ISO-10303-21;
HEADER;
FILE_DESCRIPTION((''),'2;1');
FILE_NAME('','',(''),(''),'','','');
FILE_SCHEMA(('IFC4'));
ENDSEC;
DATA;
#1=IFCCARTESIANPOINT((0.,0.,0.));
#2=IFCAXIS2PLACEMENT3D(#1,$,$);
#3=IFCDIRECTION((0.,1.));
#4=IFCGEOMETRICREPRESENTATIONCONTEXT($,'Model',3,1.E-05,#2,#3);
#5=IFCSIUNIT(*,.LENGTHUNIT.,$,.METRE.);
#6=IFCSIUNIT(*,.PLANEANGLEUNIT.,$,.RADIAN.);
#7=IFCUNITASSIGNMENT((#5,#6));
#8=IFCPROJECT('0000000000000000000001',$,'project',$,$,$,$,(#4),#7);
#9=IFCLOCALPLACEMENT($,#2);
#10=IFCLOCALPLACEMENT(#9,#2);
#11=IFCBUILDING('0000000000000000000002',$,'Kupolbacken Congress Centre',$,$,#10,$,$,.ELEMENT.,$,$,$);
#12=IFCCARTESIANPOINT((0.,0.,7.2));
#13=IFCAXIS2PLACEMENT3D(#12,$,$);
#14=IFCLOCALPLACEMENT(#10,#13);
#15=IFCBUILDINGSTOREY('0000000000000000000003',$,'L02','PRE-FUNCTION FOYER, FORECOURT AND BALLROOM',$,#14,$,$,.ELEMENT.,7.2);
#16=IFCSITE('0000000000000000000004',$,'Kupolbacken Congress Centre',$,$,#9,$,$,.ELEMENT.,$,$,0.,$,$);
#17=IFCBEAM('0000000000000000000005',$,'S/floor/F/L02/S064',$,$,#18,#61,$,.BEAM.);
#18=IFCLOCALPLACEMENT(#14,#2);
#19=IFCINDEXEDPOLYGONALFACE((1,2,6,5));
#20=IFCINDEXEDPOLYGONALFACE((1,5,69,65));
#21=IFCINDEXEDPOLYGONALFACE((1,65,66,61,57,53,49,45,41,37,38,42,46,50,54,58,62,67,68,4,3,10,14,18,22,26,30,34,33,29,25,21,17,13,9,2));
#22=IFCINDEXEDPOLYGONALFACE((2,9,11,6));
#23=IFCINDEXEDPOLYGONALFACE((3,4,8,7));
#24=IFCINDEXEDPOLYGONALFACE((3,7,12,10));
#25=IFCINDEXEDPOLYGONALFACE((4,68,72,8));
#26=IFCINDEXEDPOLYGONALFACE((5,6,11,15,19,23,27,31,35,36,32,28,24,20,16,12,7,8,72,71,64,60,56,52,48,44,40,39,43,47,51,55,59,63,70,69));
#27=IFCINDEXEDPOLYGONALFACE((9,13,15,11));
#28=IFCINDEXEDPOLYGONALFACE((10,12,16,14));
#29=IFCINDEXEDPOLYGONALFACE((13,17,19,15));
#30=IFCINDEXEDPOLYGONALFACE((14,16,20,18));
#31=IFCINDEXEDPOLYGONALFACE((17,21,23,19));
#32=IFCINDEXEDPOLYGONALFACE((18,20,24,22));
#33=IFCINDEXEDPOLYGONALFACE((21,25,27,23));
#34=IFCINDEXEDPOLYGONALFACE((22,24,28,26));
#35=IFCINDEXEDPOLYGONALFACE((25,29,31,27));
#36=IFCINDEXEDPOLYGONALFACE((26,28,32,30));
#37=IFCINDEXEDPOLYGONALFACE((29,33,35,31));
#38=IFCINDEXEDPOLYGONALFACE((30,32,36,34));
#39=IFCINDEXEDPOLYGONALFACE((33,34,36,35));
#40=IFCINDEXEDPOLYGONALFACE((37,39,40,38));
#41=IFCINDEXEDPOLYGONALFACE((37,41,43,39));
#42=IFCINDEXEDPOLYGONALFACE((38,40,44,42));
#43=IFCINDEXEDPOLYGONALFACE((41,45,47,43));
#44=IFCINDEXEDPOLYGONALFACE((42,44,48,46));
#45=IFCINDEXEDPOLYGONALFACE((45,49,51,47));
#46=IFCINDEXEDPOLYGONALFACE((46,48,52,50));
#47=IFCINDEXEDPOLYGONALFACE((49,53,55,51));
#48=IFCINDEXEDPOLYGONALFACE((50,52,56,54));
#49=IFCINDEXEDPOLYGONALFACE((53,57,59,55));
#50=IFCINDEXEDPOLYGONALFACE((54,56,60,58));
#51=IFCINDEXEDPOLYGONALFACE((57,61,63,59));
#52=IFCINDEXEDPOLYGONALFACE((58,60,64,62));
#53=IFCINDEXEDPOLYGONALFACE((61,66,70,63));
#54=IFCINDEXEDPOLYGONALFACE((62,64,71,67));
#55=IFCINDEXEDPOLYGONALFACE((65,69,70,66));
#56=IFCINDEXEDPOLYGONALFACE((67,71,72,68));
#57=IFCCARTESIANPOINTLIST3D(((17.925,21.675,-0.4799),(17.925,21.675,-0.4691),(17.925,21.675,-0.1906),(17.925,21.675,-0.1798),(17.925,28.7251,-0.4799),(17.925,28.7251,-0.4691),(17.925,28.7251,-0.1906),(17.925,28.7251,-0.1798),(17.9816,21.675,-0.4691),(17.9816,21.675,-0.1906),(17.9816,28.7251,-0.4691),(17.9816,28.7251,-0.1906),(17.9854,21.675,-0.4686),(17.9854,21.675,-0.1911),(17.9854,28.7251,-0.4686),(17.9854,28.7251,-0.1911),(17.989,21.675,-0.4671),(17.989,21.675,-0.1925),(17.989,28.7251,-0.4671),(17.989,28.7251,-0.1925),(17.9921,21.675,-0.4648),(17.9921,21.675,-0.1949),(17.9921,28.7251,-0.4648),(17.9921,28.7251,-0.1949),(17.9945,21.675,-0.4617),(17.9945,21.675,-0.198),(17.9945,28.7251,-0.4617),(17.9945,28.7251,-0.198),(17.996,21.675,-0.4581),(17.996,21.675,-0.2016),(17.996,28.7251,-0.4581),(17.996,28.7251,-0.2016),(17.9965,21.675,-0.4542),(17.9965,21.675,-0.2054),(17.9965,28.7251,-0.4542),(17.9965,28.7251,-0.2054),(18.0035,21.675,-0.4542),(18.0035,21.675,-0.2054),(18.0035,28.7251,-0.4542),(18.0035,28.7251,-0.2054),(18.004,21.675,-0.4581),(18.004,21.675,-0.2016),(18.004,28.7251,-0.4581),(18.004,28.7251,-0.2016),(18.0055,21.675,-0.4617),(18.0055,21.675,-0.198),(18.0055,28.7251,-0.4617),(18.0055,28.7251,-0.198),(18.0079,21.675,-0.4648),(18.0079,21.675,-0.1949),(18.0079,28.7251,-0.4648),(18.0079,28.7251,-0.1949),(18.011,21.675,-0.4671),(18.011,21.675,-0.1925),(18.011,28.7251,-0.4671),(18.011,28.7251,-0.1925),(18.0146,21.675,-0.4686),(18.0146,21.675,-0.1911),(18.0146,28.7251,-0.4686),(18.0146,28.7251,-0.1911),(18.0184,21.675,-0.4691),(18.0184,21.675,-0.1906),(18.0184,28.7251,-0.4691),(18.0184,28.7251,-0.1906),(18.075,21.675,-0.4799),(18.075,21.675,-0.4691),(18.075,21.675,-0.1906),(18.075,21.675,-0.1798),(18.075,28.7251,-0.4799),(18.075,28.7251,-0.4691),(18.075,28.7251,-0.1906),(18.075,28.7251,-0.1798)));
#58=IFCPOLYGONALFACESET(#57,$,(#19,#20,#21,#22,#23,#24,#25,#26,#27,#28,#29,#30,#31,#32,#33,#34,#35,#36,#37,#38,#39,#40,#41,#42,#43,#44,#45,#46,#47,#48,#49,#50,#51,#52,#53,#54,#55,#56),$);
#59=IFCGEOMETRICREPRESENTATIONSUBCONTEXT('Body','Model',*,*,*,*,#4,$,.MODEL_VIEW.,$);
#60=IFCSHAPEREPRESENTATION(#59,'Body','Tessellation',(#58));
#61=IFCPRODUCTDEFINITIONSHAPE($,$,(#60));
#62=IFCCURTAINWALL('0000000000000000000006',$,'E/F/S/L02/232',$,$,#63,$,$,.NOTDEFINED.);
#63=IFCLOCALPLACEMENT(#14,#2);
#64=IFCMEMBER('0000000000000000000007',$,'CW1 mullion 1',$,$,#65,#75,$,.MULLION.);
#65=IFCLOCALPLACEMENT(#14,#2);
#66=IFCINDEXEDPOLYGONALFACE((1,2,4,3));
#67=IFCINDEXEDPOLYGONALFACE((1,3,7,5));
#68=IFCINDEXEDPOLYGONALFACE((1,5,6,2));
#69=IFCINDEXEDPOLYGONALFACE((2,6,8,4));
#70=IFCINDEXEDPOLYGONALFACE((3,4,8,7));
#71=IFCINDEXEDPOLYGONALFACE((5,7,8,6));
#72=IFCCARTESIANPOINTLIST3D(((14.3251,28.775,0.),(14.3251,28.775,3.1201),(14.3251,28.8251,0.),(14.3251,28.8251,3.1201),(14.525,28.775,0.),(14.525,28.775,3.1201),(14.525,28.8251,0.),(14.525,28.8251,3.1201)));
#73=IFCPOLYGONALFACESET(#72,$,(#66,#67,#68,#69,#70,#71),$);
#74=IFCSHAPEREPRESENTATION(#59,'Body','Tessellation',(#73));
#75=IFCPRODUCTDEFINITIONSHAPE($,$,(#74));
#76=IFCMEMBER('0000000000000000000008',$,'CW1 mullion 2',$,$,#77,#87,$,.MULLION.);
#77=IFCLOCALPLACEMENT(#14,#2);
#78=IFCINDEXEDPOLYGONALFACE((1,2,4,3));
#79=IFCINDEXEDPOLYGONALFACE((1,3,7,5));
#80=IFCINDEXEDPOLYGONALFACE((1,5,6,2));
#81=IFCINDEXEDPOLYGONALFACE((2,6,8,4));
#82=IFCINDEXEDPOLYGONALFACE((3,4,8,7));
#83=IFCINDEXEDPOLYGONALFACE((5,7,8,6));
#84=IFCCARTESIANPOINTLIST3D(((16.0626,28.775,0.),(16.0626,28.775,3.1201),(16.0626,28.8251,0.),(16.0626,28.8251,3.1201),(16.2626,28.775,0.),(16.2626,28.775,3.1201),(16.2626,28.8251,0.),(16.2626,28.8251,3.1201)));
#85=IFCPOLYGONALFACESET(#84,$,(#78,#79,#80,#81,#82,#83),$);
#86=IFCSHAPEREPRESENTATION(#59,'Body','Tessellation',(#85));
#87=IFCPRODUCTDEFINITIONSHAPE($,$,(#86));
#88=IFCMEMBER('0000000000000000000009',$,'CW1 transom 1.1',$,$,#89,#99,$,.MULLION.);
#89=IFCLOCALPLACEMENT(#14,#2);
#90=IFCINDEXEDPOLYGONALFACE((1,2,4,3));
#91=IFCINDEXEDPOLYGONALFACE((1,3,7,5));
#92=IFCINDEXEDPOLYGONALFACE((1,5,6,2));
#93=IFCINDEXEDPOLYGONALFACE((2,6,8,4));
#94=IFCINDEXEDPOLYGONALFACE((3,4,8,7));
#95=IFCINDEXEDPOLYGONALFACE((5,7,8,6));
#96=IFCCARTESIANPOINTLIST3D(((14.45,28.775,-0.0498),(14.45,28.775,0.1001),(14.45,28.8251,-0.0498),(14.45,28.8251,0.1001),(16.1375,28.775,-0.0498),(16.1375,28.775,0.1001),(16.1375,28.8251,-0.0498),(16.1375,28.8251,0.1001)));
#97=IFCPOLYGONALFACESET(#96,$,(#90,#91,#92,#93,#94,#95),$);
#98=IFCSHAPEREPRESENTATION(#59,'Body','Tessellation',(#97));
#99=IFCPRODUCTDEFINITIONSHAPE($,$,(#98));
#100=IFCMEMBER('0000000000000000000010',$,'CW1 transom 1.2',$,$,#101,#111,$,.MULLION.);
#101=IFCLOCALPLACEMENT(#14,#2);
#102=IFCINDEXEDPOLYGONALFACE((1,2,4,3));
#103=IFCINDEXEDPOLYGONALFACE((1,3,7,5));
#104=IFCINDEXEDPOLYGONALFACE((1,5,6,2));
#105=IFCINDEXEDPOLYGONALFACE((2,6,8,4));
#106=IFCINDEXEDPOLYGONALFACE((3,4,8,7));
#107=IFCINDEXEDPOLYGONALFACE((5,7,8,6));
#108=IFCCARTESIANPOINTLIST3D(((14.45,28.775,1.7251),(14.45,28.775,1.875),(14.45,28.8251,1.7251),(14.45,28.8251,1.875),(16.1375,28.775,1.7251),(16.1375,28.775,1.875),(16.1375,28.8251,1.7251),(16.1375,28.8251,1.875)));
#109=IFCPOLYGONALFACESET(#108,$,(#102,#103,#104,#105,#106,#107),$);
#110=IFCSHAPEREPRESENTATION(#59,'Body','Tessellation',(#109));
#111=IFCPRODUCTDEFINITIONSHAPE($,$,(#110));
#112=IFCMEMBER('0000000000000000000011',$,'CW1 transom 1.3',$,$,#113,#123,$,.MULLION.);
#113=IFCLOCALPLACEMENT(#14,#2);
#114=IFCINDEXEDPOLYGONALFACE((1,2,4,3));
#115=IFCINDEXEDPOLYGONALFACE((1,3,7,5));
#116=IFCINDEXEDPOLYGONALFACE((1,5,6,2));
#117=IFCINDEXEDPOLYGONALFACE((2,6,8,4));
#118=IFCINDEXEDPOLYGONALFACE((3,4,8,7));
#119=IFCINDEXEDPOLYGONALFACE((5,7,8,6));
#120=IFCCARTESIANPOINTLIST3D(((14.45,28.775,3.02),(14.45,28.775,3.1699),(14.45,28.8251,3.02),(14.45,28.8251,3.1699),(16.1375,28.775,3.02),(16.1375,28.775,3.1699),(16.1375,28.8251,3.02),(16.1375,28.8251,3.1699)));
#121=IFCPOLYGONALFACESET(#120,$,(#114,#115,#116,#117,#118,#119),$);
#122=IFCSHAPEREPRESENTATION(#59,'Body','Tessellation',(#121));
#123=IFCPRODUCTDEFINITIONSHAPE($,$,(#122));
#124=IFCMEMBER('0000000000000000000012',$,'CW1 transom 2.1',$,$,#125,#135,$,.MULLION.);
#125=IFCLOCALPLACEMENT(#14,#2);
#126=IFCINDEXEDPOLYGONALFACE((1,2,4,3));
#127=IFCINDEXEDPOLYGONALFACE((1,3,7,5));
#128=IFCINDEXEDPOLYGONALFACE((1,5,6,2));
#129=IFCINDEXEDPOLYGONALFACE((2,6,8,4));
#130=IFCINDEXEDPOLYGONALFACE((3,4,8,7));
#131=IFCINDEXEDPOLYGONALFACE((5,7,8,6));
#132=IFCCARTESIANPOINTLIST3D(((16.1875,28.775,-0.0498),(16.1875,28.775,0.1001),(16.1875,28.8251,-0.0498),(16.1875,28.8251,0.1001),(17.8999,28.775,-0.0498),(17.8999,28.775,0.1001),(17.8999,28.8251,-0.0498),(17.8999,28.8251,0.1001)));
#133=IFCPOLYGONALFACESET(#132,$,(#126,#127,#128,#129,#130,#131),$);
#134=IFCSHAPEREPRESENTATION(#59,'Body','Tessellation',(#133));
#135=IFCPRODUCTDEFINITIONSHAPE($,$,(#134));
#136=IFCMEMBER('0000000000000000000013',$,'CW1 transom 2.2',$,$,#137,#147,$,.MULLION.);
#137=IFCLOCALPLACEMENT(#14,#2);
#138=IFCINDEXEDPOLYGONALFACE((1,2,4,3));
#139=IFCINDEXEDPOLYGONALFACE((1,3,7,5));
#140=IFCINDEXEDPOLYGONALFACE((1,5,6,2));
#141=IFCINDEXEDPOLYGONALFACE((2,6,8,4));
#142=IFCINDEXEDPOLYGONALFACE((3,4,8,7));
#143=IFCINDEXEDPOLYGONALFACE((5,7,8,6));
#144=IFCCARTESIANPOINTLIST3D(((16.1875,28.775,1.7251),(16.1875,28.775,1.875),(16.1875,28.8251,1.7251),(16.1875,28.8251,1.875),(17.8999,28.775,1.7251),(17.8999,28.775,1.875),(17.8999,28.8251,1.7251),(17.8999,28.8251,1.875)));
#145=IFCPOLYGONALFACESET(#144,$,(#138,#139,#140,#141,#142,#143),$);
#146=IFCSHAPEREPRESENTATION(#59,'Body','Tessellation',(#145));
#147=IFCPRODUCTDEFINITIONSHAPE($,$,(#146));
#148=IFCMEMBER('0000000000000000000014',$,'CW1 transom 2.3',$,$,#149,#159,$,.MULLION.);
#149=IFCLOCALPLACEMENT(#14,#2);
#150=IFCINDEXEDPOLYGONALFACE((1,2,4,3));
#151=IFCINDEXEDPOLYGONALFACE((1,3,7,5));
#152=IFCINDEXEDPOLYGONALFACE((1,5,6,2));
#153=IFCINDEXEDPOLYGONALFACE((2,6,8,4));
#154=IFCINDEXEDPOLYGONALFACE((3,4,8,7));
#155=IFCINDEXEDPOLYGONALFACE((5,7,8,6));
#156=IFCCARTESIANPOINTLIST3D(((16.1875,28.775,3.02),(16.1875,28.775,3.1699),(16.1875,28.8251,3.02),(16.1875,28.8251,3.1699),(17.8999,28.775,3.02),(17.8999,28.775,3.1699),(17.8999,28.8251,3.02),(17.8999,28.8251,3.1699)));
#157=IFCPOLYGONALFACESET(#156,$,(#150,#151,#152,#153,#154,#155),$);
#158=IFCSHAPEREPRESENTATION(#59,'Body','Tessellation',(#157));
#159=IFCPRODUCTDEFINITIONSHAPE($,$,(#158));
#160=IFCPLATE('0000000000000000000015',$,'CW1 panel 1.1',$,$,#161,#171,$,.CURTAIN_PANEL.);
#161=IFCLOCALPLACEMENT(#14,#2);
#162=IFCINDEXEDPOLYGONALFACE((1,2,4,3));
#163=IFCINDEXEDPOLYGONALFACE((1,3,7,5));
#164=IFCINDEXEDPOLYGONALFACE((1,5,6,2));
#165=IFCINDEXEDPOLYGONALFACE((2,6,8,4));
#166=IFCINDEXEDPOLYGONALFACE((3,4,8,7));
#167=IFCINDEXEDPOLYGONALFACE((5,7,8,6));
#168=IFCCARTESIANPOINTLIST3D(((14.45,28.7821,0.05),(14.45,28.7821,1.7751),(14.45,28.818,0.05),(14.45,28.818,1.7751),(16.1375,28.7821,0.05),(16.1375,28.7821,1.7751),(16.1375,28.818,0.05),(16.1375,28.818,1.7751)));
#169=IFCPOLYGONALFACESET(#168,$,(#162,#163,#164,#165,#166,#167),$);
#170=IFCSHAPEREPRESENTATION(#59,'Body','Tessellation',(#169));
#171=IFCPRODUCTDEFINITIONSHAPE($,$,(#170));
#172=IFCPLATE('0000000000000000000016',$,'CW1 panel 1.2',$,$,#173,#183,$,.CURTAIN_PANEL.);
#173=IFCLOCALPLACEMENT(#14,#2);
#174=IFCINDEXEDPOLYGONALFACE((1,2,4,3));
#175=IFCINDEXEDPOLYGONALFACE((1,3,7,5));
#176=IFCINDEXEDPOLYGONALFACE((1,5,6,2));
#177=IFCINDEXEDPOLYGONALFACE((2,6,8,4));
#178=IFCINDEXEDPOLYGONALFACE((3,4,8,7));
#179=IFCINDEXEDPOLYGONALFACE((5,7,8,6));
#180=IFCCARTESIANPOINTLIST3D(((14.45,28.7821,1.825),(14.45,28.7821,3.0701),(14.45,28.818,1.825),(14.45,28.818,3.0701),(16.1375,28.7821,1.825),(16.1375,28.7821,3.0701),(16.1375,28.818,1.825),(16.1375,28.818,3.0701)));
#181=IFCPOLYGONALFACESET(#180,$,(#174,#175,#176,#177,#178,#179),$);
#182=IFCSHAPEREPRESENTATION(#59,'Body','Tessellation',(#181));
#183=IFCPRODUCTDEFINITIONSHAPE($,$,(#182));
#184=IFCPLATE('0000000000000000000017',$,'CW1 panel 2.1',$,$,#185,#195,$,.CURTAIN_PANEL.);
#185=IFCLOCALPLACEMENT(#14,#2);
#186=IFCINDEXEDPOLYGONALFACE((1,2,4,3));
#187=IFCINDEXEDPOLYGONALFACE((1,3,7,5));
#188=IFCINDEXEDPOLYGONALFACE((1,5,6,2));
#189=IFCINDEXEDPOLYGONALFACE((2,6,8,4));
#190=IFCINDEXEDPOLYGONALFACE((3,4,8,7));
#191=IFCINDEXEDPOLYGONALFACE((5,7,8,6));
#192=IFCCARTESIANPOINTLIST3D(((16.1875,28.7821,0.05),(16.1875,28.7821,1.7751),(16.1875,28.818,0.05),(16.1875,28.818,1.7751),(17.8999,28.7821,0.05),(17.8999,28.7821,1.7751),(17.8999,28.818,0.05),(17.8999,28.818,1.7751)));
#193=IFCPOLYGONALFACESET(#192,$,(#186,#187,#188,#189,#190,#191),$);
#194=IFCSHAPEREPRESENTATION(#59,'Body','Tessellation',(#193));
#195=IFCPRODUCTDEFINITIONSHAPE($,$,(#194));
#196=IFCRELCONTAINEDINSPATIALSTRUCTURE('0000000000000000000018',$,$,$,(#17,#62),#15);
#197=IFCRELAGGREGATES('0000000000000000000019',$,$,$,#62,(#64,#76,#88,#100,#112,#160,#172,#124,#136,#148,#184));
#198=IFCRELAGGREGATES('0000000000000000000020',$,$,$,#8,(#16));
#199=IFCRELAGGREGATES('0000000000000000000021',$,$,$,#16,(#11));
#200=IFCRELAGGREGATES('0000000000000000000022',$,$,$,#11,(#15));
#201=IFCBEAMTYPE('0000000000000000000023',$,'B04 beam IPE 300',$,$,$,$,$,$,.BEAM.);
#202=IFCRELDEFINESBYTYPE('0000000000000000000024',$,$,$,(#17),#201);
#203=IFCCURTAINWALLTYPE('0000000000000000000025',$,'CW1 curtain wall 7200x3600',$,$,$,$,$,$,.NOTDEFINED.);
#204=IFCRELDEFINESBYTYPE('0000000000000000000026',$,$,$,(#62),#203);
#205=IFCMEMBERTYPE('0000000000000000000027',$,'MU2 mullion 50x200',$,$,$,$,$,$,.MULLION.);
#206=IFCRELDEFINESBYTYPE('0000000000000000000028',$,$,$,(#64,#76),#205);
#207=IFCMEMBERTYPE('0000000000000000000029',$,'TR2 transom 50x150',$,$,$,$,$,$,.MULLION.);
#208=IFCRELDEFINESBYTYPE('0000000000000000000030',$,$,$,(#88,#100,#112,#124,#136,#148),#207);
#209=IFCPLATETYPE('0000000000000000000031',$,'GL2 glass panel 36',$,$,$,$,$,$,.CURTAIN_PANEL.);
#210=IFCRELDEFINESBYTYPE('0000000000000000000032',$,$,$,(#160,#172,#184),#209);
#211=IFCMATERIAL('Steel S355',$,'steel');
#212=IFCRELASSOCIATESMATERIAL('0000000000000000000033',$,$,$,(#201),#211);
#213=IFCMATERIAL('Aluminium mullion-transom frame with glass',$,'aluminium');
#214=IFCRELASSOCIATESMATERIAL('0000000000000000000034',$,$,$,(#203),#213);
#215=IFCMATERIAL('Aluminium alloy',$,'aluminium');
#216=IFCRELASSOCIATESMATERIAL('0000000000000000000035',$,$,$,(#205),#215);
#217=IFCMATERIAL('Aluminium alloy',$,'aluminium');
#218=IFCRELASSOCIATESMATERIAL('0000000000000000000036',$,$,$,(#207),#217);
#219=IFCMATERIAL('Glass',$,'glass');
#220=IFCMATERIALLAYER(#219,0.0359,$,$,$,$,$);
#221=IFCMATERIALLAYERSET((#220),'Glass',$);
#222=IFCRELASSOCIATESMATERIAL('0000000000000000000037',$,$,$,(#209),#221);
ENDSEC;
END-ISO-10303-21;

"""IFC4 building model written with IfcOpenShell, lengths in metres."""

from ifc_helpers import new_model, si_unit, direction, frame, origin, origin_2d, place, context, subcontext, project, spatial, rectangle, i_section, extrude, material, layer, layer_set, material_profile, profile_set, type_object, element, aggregate, save


model = new_model("IFC4")

# Units and contexts
model_context = context("Model", 3, precision=1e-05, world=origin(), true_north=direction((0.0, 1.0)))
body_context = subcontext(model_context, "Body", "Model", "MODEL_VIEW")
ifc_project = project(units=[si_unit("LENGTHUNIT", "METRE"), si_unit("PLANEANGLEUNIT", "RADIAN")], contexts=[model_context])

# Site, building, storey
site_placement = place(None, origin())
site = spatial("IfcSite", under=ifc_project, at=site_placement, Name="Kupolbacken Congress Centre", CompositionType="ELEMENT", RefElevation=0.0)
building_placement = place(site_placement, origin())
building = spatial("IfcBuilding", under=site, at=building_placement, Name="Kupolbacken Congress Centre", CompositionType="ELEMENT")
storey_placement = place(building_placement, frame((0.0, 0.0, 7.2)))
storey = spatial("IfcBuildingStorey", under=building, at=storey_placement, Name="L02", Description="PRE-FUNCTION FOYER, FORECOURT AND BALLROOM", CompositionType="ELEMENT", Elevation=7.2)

# Beam
ifc_material_1 = material(Name="Steel S355", Category="steel")
ifc_material_profile_1 = material_profile(ifc_material_1, i_section(OverallWidth=0.1499, OverallDepth=0.3, WebThickness=0.0071, FlangeThickness=0.0107, FilletRadius=0.0149, at=origin_2d()), Name="IPE 300")
ifc_profile_set_1 = profile_set([ifc_material_profile_1], Name="Steel S355")
beam_type = type_object("IfcBeamType", Name="B04 beam IPE 300", PredefinedType="BEAM", material=ifc_profile_set_1)
beam_1_placement = place(storey_placement, frame((18.0, 21.675, -0.3298), z_axis=(0.0, 1.0, 0.0), x_axis=(-1.0, 0.0, 0.0)))
element("IfcBeam", 1, at=beam_1_placement, inside=storey, type_object=beam_type, Name="S/floor/F/L02/S064", PredefinedType="BEAM", context=body_context, shape_type="SweptSolid", body=[
    extrude(i_section(OverallWidth=0.1499, OverallDepth=0.3, WebThickness=0.0071, FlangeThickness=0.0107, FilletRadius=0.0149, at=origin_2d()), origin(), (0.0, 0.0, 1.0), 7.05),
])

# Curtain wall, members, plates
ifc_material_2 = material(Name="Aluminium mullion-transom frame with glass", Category="aluminium")
curtain_wall_type = type_object("IfcCurtainWallType", Name="CW1 curtain wall 7200x3600", PredefinedType="NOTDEFINED", material=ifc_material_2)
curtain_wall_placement = place(storey_placement, origin())
curtain_wall = element("IfcCurtainWall", 2, at=curtain_wall_placement, inside=storey, type_object=curtain_wall_type, Name="E/F/S/L02/232", PredefinedType="NOTDEFINED")
ifc_material_3 = material(Name="Aluminium alloy", Category="aluminium")
ifc_material_profile_2 = material_profile(ifc_material_3, rectangle(XDim=0.05, YDim=0.2, at=origin_2d()), Name="50 x 200")
ifc_profile_set_2 = profile_set([ifc_material_profile_2], Name="Aluminium alloy")
member_type_1 = type_object("IfcMemberType", Name="MU2 mullion 50x200", PredefinedType="MULLION", material=ifc_profile_set_2)
member_1_placement = place(storey_placement, frame((14.425, 28.8, 0.0), z_axis=(0.0, 0.0, 1.0), x_axis=(0.0, 1.0, 0.0)))
member_1 = element("IfcMember", 3, at=member_1_placement, type_object=member_type_1, Name="CW1 mullion 1", PredefinedType="MULLION", context=body_context, shape_type="SweptSolid", body=[
    extrude(rectangle(XDim=0.05, YDim=0.2, at=origin_2d()), origin(), (0.0, 0.0, 1.0), 3.1201),
])
member_2_placement = place(storey_placement, frame((16.1626, 28.8, 0.0), z_axis=(0.0, 0.0, 1.0), x_axis=(0.0, 1.0, 0.0)))
member_2 = element("IfcMember", 4, at=member_2_placement, type_object=member_type_1, Name="CW1 mullion 2", PredefinedType="MULLION", context=body_context, shape_type="SweptSolid", body=[
    extrude(rectangle(XDim=0.05, YDim=0.2, at=origin_2d()), origin(), (0.0, 0.0, 1.0), 3.1201),
])
ifc_material_4 = material(Name="Aluminium alloy", Category="aluminium")
ifc_material_profile_3 = material_profile(ifc_material_4, rectangle(XDim=0.05, YDim=0.1499, at=origin_2d()), Name="50 x 150")
ifc_profile_set_3 = profile_set([ifc_material_profile_3], Name="Aluminium alloy")
member_type_2 = type_object("IfcMemberType", Name="TR2 transom 50x150", PredefinedType="MULLION", material=ifc_profile_set_3)
member_3_placement = place(storey_placement, frame((14.45, 28.8, 0.0251), z_axis=(1.0, 0.0, 0.0), x_axis=(0.0, 1.0, 0.0)))
member_3 = element("IfcMember", 5, at=member_3_placement, type_object=member_type_2, Name="CW1 transom 1.1", PredefinedType="MULLION", context=body_context, shape_type="SweptSolid", body=[
    extrude(rectangle(XDim=0.05, YDim=0.1499, at=origin_2d()), origin(), (0.0, 0.0, 1.0), 1.6875),
])
member_4_placement = place(storey_placement, frame((14.45, 28.8, 1.8), z_axis=(1.0, 0.0, 0.0), x_axis=(0.0, 1.0, 0.0)))
member_4 = element("IfcMember", 6, at=member_4_placement, type_object=member_type_2, Name="CW1 transom 1.2", PredefinedType="MULLION", context=body_context, shape_type="SweptSolid", body=[
    extrude(rectangle(XDim=0.05, YDim=0.1499, at=origin_2d()), origin(), (0.0, 0.0, 1.0), 1.6875),
])
member_5_placement = place(storey_placement, frame((14.45, 28.8, 3.095), z_axis=(1.0, 0.0, 0.0), x_axis=(0.0, 1.0, 0.0)))
member_5 = element("IfcMember", 7, at=member_5_placement, type_object=member_type_2, Name="CW1 transom 1.3", PredefinedType="MULLION", context=body_context, shape_type="SweptSolid", body=[
    extrude(rectangle(XDim=0.05, YDim=0.1499, at=origin_2d()), origin(), (0.0, 0.0, 1.0), 1.6875),
])
member_6_placement = place(storey_placement, frame((16.1875, 28.8, 0.0251), z_axis=(1.0, 0.0, 0.0), x_axis=(0.0, 1.0, 0.0)))
member_6 = element("IfcMember", 8, at=member_6_placement, type_object=member_type_2, Name="CW1 transom 2.1", PredefinedType="MULLION", context=body_context, shape_type="SweptSolid", body=[
    extrude(rectangle(XDim=0.05, YDim=0.1499, at=origin_2d()), origin(), (0.0, 0.0, 1.0), 1.7124),
])
member_7_placement = place(storey_placement, frame((16.1875, 28.8, 1.8), z_axis=(1.0, 0.0, 0.0), x_axis=(0.0, 1.0, 0.0)))
member_7 = element("IfcMember", 9, at=member_7_placement, type_object=member_type_2, Name="CW1 transom 2.2", PredefinedType="MULLION", context=body_context, shape_type="SweptSolid", body=[
    extrude(rectangle(XDim=0.05, YDim=0.1499, at=origin_2d()), origin(), (0.0, 0.0, 1.0), 1.7124),
])
member_8_placement = place(storey_placement, frame((16.1875, 28.8, 3.095), z_axis=(1.0, 0.0, 0.0), x_axis=(0.0, 1.0, 0.0)))
member_8 = element("IfcMember", 10, at=member_8_placement, type_object=member_type_2, Name="CW1 transom 2.3", PredefinedType="MULLION", context=body_context, shape_type="SweptSolid", body=[
    extrude(rectangle(XDim=0.05, YDim=0.1499, at=origin_2d()), origin(), (0.0, 0.0, 1.0), 1.7124),
])
ifc_material_5 = material(Name="Glass", Category="glass")
ifc_layer_1 = layer(ifc_material_5, 0.0359)
ifc_layer_set_1 = layer_set([ifc_layer_1], Name="Glass")
plate_type = type_object("IfcPlateType", Name="GL2 glass panel 36", PredefinedType="CURTAIN_PANEL", material=ifc_layer_set_1)
plate_1_placement = place(storey_placement, frame((15.2937, 28.8, 0.05), z_axis=(0.0, 0.0, 1.0), x_axis=(1.0, 0.0, 0.0)))
plate_1 = element("IfcPlate", 11, at=plate_1_placement, type_object=plate_type, Name="CW1 panel 1.1", PredefinedType="CURTAIN_PANEL", context=body_context, shape_type="SweptSolid", body=[
    extrude(rectangle(XDim=1.6875, YDim=0.0359, at=origin_2d()), origin(), (0.0, 0.0, 1.0), 1.7251),
])
plate_2_placement = place(storey_placement, frame((15.2937, 28.8, 1.825), z_axis=(0.0, 0.0, 1.0), x_axis=(1.0, 0.0, 0.0)))
plate_2 = element("IfcPlate", 12, at=plate_2_placement, type_object=plate_type, Name="CW1 panel 1.2", PredefinedType="CURTAIN_PANEL", context=body_context, shape_type="SweptSolid", body=[
    extrude(rectangle(XDim=1.6875, YDim=0.0359, at=origin_2d()), origin(), (0.0, 0.0, 1.0), 1.2451),
])
plate_3_placement = place(storey_placement, frame((17.0437, 28.8, 0.05), z_axis=(0.0, 0.0, 1.0), x_axis=(1.0, 0.0, 0.0)))
plate_3 = element("IfcPlate", 13, at=plate_3_placement, type_object=plate_type, Name="CW1 panel 2.1", PredefinedType="CURTAIN_PANEL", context=body_context, shape_type="SweptSolid", body=[
    extrude(rectangle(XDim=1.7124, YDim=0.0359, at=origin_2d()), origin(), (0.0, 0.0, 1.0), 1.7251),
])
aggregate(curtain_wall, [member_1, member_2, member_3, member_4, member_5, plate_1, plate_2, member_6, member_7, member_8, plate_3])

save(model, "model.ifc")
